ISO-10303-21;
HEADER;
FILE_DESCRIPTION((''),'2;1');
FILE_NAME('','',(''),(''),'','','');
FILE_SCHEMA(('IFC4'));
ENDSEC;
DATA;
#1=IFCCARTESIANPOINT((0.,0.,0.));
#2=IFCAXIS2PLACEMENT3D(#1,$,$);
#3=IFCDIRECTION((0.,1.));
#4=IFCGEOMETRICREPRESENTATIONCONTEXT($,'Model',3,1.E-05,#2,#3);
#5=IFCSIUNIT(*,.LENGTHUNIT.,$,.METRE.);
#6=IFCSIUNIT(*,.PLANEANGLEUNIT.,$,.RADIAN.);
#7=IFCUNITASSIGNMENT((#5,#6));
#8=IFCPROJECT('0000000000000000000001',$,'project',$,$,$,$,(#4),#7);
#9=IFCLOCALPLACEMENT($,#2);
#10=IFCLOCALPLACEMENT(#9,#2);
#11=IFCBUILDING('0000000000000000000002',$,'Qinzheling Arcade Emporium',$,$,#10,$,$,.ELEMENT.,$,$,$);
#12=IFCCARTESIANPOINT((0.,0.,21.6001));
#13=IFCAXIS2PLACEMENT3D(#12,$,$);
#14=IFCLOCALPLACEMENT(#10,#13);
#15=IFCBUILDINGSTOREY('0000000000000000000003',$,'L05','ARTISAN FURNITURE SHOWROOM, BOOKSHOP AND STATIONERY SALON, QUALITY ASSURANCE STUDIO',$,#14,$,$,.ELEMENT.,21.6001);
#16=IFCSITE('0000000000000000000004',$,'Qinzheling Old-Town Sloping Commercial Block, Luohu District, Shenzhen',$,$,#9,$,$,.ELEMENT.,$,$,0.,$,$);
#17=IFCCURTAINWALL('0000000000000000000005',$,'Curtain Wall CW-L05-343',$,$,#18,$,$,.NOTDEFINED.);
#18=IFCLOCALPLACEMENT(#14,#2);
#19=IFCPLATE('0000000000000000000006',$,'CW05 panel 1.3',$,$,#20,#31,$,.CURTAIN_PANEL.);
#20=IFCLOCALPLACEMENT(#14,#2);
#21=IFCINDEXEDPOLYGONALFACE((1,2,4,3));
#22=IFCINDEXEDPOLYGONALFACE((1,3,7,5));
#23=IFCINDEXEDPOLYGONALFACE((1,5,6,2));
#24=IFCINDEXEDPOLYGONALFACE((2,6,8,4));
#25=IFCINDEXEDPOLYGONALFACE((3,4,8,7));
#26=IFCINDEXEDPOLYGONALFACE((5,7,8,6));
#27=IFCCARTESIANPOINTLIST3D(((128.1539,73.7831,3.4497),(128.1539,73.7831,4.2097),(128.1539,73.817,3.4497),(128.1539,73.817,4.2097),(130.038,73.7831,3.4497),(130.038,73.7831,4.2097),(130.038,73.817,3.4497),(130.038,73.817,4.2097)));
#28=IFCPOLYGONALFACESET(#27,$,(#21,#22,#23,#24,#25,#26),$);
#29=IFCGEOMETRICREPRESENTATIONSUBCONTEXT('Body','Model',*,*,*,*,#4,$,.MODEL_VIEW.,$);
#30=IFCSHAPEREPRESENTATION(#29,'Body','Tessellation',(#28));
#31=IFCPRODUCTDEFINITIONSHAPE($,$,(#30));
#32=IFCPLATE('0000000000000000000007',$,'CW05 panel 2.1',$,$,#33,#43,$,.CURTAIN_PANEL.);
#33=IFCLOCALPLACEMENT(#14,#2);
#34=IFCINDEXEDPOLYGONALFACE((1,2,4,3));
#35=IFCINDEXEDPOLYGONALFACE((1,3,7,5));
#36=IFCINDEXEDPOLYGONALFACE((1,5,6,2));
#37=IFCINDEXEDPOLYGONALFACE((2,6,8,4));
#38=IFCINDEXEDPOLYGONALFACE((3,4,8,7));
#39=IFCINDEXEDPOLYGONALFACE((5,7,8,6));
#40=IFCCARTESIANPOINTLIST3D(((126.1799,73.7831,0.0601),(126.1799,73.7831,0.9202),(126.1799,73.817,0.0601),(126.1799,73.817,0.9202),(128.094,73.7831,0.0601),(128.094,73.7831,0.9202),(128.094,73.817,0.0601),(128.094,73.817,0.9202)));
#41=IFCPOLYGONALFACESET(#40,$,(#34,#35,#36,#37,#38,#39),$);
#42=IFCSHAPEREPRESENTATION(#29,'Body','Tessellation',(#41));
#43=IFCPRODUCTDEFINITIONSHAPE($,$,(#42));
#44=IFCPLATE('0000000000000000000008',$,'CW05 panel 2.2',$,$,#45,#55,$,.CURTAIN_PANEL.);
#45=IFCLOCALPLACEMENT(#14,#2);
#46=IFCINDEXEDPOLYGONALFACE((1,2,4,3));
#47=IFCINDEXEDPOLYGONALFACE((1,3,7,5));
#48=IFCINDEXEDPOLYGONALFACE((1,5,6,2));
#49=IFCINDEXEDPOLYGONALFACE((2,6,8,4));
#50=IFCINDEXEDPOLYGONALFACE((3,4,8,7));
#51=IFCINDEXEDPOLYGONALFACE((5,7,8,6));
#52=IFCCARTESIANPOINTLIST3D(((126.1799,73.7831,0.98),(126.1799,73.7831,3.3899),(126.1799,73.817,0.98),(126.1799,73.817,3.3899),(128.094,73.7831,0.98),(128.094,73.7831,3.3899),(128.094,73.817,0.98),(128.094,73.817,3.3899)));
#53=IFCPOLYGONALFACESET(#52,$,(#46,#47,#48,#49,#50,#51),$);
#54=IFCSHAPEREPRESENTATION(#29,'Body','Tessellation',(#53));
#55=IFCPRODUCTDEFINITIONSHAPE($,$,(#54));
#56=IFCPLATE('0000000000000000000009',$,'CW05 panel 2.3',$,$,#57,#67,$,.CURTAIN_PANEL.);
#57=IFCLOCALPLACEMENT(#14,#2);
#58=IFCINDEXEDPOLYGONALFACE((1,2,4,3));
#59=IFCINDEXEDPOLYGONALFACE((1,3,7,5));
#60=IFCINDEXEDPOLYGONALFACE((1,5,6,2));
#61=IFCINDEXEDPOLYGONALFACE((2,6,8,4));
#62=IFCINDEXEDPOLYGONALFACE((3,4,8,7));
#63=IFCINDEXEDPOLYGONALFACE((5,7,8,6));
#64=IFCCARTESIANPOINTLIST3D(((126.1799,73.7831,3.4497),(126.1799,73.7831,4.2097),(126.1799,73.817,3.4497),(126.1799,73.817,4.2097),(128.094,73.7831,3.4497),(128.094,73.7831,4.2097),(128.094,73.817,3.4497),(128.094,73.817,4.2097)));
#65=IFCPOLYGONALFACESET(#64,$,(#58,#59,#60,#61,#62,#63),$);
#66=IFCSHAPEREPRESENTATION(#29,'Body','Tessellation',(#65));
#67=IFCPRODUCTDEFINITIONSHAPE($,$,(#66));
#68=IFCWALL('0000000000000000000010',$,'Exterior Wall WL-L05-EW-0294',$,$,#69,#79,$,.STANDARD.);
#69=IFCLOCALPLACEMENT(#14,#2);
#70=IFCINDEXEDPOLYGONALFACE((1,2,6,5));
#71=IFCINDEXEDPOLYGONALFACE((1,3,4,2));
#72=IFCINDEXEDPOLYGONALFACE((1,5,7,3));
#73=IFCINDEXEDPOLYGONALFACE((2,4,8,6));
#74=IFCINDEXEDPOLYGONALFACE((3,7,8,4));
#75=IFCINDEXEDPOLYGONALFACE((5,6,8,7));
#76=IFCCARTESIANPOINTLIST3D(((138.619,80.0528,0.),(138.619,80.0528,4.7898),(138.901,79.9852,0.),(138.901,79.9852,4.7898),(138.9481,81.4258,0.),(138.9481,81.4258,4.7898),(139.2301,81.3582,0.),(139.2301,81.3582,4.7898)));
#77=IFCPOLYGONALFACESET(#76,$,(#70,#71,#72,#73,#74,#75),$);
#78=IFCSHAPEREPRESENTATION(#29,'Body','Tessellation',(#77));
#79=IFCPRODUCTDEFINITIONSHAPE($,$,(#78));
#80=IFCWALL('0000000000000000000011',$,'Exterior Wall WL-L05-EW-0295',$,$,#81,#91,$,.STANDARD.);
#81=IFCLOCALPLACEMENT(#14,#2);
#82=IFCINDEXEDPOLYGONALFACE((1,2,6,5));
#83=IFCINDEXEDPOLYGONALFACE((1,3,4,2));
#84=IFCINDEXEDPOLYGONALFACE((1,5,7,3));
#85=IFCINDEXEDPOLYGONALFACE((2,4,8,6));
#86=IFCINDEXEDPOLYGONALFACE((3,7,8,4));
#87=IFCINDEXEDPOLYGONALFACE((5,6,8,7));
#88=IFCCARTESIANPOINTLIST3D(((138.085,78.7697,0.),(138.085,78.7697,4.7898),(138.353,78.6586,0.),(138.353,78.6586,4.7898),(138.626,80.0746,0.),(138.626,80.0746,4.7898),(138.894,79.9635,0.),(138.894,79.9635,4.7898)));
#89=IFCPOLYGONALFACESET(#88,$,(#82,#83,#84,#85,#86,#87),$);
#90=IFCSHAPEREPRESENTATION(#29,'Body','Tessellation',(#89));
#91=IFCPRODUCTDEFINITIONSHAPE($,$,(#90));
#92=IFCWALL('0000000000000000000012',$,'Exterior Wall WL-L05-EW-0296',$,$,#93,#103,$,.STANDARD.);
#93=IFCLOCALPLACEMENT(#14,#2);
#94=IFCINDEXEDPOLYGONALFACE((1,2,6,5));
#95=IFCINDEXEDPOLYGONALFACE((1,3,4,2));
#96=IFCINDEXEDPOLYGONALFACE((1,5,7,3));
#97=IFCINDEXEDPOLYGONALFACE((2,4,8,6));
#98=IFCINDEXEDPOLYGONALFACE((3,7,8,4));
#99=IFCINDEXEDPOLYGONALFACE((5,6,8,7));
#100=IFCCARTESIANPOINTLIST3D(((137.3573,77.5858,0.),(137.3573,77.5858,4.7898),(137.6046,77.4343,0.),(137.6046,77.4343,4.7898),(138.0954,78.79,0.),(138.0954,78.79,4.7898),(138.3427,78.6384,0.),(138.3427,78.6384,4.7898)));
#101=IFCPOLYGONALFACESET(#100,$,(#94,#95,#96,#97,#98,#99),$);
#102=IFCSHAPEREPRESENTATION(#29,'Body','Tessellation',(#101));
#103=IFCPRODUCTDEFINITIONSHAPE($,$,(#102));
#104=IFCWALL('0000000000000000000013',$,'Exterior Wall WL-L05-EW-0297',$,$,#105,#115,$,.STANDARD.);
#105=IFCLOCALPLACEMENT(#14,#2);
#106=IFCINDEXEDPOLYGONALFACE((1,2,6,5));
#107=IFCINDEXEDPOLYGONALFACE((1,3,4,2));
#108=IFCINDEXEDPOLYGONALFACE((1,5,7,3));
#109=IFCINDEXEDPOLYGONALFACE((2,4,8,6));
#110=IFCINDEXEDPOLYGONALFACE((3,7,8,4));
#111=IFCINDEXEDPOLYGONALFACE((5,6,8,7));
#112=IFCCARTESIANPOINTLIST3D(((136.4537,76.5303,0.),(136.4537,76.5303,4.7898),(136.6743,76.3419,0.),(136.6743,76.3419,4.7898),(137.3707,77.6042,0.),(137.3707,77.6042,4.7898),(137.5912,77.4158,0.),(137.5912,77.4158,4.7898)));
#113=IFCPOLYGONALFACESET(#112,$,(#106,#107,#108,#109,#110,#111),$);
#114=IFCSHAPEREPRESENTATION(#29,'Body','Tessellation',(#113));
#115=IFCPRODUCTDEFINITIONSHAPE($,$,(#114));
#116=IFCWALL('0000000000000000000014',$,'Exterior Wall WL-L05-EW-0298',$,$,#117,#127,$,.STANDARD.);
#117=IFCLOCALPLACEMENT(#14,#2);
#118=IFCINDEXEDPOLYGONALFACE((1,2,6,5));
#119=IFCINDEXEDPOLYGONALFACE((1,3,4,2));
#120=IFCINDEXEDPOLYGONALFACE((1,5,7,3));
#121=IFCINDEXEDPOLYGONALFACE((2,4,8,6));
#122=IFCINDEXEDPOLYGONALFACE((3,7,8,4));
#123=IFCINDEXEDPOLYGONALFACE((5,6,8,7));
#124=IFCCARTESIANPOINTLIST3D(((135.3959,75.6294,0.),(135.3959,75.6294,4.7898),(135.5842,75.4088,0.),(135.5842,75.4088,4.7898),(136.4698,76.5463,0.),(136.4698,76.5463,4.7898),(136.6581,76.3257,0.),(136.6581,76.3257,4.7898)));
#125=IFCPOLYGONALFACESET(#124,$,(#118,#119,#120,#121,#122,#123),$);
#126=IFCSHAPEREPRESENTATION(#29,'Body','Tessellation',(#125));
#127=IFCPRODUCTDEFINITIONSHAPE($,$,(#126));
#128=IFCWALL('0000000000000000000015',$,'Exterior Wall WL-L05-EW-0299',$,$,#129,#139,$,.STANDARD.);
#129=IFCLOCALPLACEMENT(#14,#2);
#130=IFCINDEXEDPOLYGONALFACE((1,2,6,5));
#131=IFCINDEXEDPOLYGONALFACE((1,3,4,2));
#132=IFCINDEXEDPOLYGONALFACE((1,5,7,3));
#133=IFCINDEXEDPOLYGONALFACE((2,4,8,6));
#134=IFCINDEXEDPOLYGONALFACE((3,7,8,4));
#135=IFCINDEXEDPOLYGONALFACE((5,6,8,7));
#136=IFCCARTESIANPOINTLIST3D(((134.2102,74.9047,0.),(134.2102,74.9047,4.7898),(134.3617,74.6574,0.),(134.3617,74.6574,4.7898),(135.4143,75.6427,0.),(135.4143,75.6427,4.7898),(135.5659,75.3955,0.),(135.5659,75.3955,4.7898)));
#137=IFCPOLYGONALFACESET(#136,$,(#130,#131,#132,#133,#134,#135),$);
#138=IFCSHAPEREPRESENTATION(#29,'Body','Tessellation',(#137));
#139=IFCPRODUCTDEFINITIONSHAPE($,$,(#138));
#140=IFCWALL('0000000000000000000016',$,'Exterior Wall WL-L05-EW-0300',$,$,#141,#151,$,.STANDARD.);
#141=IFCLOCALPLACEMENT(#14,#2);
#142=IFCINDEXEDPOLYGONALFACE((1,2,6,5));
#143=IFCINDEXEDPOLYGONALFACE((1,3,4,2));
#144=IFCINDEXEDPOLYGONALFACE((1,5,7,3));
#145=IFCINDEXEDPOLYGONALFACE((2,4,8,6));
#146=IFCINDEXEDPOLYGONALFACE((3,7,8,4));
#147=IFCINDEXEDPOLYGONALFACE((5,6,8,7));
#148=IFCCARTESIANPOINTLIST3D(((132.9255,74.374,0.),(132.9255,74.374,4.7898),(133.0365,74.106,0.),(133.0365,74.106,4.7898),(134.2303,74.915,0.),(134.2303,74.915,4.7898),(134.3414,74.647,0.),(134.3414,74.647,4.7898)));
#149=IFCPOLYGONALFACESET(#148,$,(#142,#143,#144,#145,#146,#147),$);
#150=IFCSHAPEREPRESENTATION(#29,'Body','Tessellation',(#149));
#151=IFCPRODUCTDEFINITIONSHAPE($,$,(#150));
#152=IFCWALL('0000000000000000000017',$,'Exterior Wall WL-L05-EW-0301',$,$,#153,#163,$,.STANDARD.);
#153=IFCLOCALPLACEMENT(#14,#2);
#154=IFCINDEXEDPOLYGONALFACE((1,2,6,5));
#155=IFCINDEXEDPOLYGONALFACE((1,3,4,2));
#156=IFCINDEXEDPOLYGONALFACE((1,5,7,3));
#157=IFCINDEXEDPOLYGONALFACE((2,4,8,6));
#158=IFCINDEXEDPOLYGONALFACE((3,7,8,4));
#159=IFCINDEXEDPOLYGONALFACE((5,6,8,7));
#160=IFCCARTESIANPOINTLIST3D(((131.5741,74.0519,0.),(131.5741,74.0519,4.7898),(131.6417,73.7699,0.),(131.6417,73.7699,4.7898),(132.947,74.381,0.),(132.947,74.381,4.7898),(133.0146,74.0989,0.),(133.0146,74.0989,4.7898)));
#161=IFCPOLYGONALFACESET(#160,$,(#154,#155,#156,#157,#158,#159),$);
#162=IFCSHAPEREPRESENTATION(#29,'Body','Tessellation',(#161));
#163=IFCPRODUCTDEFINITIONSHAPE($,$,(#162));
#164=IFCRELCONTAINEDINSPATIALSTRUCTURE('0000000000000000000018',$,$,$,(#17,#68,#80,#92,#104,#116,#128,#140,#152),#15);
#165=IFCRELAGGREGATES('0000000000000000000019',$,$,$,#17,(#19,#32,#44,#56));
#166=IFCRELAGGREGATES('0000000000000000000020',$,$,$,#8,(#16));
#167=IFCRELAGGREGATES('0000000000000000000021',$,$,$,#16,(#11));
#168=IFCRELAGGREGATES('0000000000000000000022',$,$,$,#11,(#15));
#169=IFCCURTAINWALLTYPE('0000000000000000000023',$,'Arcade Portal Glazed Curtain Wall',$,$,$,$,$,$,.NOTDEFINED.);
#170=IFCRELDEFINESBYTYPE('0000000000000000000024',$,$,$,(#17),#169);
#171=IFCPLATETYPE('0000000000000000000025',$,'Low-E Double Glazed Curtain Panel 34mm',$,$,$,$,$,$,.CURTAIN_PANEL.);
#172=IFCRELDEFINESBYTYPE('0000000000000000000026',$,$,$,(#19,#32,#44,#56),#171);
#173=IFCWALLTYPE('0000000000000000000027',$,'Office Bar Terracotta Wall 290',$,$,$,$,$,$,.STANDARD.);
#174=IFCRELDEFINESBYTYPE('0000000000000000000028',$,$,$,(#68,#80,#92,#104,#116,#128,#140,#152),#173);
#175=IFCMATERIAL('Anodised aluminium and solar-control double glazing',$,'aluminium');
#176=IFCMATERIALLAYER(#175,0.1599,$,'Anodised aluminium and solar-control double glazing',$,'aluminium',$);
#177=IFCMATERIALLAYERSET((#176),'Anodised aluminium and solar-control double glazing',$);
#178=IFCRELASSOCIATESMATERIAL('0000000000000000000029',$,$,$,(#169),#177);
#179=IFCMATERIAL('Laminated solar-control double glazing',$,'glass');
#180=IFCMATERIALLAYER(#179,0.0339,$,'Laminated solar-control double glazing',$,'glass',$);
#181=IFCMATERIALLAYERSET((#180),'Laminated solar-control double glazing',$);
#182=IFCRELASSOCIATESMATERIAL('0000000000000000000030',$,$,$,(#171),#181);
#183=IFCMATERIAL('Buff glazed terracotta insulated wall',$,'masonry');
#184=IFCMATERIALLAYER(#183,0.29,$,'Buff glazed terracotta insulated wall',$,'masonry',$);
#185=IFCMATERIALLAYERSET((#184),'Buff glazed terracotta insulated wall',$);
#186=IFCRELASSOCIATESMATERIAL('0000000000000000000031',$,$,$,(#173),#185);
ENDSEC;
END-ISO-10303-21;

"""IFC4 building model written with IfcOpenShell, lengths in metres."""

from ifc_helpers import new_model, si_unit, direction, frame, frame_2d, origin, origin_2d, place, context, subcontext, project, spatial, rectangle, extrude, material, layer, layer_set, type_object, element, aggregate, save


model = new_model("IFC4")

# Units and contexts
model_context = context("Model", 3, precision=1e-05, world=origin(), true_north=direction((0.0, 1.0)))
body_context = subcontext(model_context, "Body", "Model", "MODEL_VIEW")
ifc_project = project(units=[si_unit("LENGTHUNIT", "METRE"), si_unit("PLANEANGLEUNIT", "RADIAN")], contexts=[model_context])

# Site, building, storey
site_placement = place(None, origin())
site = spatial("IfcSite", under=ifc_project, at=site_placement, Name="Qinzheling Old-Town Sloping Commercial Block, Luohu District, Shenzhen", CompositionType="ELEMENT", RefElevation=0.0)
building_placement = place(site_placement, origin())
building = spatial("IfcBuilding", under=site, at=building_placement, Name="Qinzheling Arcade Emporium", CompositionType="ELEMENT")
storey_placement = place(building_placement, frame((0.0, 0.0, 21.6001)))
storey = spatial("IfcBuildingStorey", under=building, at=storey_placement, Name="L05", Description="ARTISAN FURNITURE SHOWROOM, BOOKSHOP AND STATIONERY SALON, QUALITY ASSURANCE STUDIO", CompositionType="ELEMENT", Elevation=21.6001)

# Curtain wall
ifc_material_1 = material(Name="Anodised aluminium and solar-control double glazing", Category="aluminium")
ifc_layer_1 = layer(ifc_material_1, 0.1599, Name="Anodised aluminium and solar-control double glazing", Category="aluminium")
ifc_layer_set_1 = layer_set([ifc_layer_1], Name="Anodised aluminium and solar-control double glazing")
curtain_wall_type = type_object("IfcCurtainWallType", Name="Arcade Portal Glazed Curtain Wall", PredefinedType="NOTDEFINED", material=ifc_layer_set_1)
curtain_wall_placement = place(storey_placement, origin())
curtain_wall = element("IfcCurtainWall", 1, at=curtain_wall_placement, inside=storey, type_object=curtain_wall_type, Name="Curtain Wall CW-L05-343", PredefinedType="NOTDEFINED")

# Plates
ifc_material_2 = material(Name="Laminated solar-control double glazing", Category="glass")
ifc_layer_2 = layer(ifc_material_2, 0.0339, Name="Laminated solar-control double glazing", Category="glass")
ifc_layer_set_2 = layer_set([ifc_layer_2], Name="Laminated solar-control double glazing")
plate_type = type_object("IfcPlateType", Name="Low-E Double Glazed Curtain Panel 34mm", PredefinedType="CURTAIN_PANEL", material=ifc_layer_set_2)
plate_1_placement = place(storey_placement, frame((129.0959, 73.8, 3.4497), z_axis=(0.0, 0.0, 1.0), x_axis=(-1.0, 0.0, 0.0)))
plate_1 = element("IfcPlate", 2, at=plate_1_placement, type_object=plate_type, Name="CW05 panel 1.3", PredefinedType="CURTAIN_PANEL", context=body_context, shape_type="SweptSolid", body=[
    extrude(rectangle(XDim=1.884, YDim=0.0339, at=origin_2d()), origin(), (0.0, 0.0, 1.0), 0.76),
])
plate_2_placement = place(storey_placement, frame((127.137, 73.8, 0.0601), z_axis=(0.0, 0.0, 1.0), x_axis=(-1.0, 0.0, 0.0)))
plate_2 = element("IfcPlate", 3, at=plate_2_placement, type_object=plate_type, Name="CW05 panel 2.1", PredefinedType="CURTAIN_PANEL", context=body_context, shape_type="SweptSolid", body=[
    extrude(rectangle(XDim=1.9141, YDim=0.0339, at=origin_2d()), origin(), (0.0, 0.0, 1.0), 0.8601),
])
plate_3_placement = place(storey_placement, frame((127.137, 73.8, 0.98), z_axis=(0.0, 0.0, 1.0), x_axis=(-1.0, 0.0, 0.0)))
plate_3 = element("IfcPlate", 4, at=plate_3_placement, type_object=plate_type, Name="CW05 panel 2.2", PredefinedType="CURTAIN_PANEL", context=body_context, shape_type="SweptSolid", body=[
    extrude(rectangle(XDim=1.9141, YDim=0.0339, at=origin_2d()), origin(), (0.0, 0.0, 1.0), 2.4099),
])
plate_4_placement = place(storey_placement, frame((127.137, 73.8, 3.4497), z_axis=(0.0, 0.0, 1.0), x_axis=(-1.0, 0.0, 0.0)))
plate_4 = element("IfcPlate", 5, at=plate_4_placement, type_object=plate_type, Name="CW05 panel 2.3", PredefinedType="CURTAIN_PANEL", context=body_context, shape_type="SweptSolid", body=[
    extrude(rectangle(XDim=1.9141, YDim=0.0339, at=origin_2d()), origin(), (0.0, 0.0, 1.0), 0.76),
])
aggregate(curtain_wall, [plate_1, plate_2, plate_3, plate_4])

# Walls
ifc_material_3 = material(Name="Buff glazed terracotta insulated wall", Category="masonry")
ifc_layer_3 = layer(ifc_material_3, 0.29, Name="Buff glazed terracotta insulated wall", Category="masonry")
ifc_layer_set_3 = layer_set([ifc_layer_3], Name="Buff glazed terracotta insulated wall")
wall_type = type_object("IfcWallType", Name="Office Bar Terracotta Wall 290", PredefinedType="STANDARD", material=ifc_layer_set_3)
wall_1_placement = place(storey_placement, frame((139.0891, 81.3921, 0.0), z_axis=(0.0, 0.0, 1.0), x_axis=(-0.233085, -0.972456, 0.0)))
element("IfcWall", 6, at=wall_1_placement, inside=storey, type_object=wall_type, Name="Exterior Wall WL-L05-EW-0294", PredefinedType="STANDARD", context=body_context, shape_type="SweptSolid", body=[
    extrude(rectangle(XDim=1.4119, YDim=0.29, at=frame_2d((0.7061, 0.0))), origin(), (0.0, 0.0, 1.0), 4.7898),
])
wall_2_placement = place(storey_placement, frame((138.76, 80.019, 0.0), z_axis=(0.0, 0.0, 1.0), x_axis=(-0.382983, -0.923756, 0.0)))
element("IfcWall", 7, at=wall_2_placement, inside=storey, type_object=wall_type, Name="Exterior Wall WL-L05-EW-0295", PredefinedType="STANDARD", context=body_context, shape_type="SweptSolid", body=[
    extrude(rectangle(XDim=1.4126, YDim=0.29, at=frame_2d((0.7063, 0.0))), origin(), (0.0, 0.0, 1.0), 4.7898),
])
wall_3_placement = place(storey_placement, frame((138.219, 78.7141, 0.0), z_axis=(0.0, 0.0, 1.0), x_axis=(-0.522582, -0.852589, 0.0)))
element("IfcWall", 8, at=wall_3_placement, inside=storey, type_object=wall_type, Name="Exterior Wall WL-L05-EW-0296", PredefinedType="STANDARD", context=body_context, shape_type="SweptSolid", body=[
    extrude(rectangle(XDim=1.4124, YDim=0.29, at=frame_2d((0.7061, 0.0))), origin(), (0.0, 0.0, 1.0), 4.7898),
])
for number, where, z_axis, x_axis, name in (
    (9, (137.481, 77.51, 0.0), (0.0, 0.0, 1.0), (-0.649338, -0.7605, 0.0), "Exterior Wall WL-L05-EW-0297"),
    (10, (136.564, 76.436, 0.0), (0.0, 0.0, 1.0), (-0.7605, -0.649338, 0.0), "Exterior Wall WL-L05-EW-0298"),
):
    element("IfcWall", number, at=place(storey_placement, frame(where, z_axis=z_axis, x_axis=x_axis)), inside=storey, type_object=wall_type, Name=name, PredefinedType="STANDARD", context=body_context, shape_type="SweptSolid", body=[
        extrude(rectangle(XDim=1.4121, YDim=0.29, at=frame_2d((0.7061, 0.0))), origin(), (0.0, 0.0, 1.0), 4.7898),
    ])
wall_4_placement = place(storey_placement, frame((135.49, 75.519, 0.0), z_axis=(0.0, 0.0, 1.0), x_axis=(-0.852589, -0.522582, 0.0)))
element("IfcWall", 11, at=wall_4_placement, inside=storey, type_object=wall_type, Name="Exterior Wall WL-L05-EW-0299", PredefinedType="STANDARD", context=body_context, shape_type="SweptSolid", body=[
    extrude(rectangle(XDim=1.4124, YDim=0.29, at=frame_2d((0.7061, 0.0))), origin(), (0.0, 0.0, 1.0), 4.7898),
])
wall_5_placement = place(storey_placement, frame((134.2859, 74.781, 0.0), z_axis=(0.0, 0.0, 1.0), x_axis=(-0.923756, -0.382983, 0.0)))
element("IfcWall", 12, at=wall_5_placement, inside=storey, type_object=wall_type, Name="Exterior Wall WL-L05-EW-0300", PredefinedType="STANDARD", context=body_context, shape_type="SweptSolid", body=[
    extrude(rectangle(XDim=1.4126, YDim=0.29, at=frame_2d((0.7063, 0.0))), origin(), (0.0, 0.0, 1.0), 4.7898),
])
wall_6_placement = place(storey_placement, frame((132.981, 74.24, 0.0), z_axis=(0.0, 0.0, 1.0), x_axis=(-0.972456, -0.233085, 0.0)))
element("IfcWall", 13, at=wall_6_placement, inside=storey, type_object=wall_type, Name="Exterior Wall WL-L05-EW-0301", PredefinedType="STANDARD", context=body_context, shape_type="SweptSolid", body=[
    extrude(rectangle(XDim=1.4119, YDim=0.29, at=frame_2d((0.7061, 0.0))), origin(), (0.0, 0.0, 1.0), 4.7898),
])

save(model, "model.ifc")
